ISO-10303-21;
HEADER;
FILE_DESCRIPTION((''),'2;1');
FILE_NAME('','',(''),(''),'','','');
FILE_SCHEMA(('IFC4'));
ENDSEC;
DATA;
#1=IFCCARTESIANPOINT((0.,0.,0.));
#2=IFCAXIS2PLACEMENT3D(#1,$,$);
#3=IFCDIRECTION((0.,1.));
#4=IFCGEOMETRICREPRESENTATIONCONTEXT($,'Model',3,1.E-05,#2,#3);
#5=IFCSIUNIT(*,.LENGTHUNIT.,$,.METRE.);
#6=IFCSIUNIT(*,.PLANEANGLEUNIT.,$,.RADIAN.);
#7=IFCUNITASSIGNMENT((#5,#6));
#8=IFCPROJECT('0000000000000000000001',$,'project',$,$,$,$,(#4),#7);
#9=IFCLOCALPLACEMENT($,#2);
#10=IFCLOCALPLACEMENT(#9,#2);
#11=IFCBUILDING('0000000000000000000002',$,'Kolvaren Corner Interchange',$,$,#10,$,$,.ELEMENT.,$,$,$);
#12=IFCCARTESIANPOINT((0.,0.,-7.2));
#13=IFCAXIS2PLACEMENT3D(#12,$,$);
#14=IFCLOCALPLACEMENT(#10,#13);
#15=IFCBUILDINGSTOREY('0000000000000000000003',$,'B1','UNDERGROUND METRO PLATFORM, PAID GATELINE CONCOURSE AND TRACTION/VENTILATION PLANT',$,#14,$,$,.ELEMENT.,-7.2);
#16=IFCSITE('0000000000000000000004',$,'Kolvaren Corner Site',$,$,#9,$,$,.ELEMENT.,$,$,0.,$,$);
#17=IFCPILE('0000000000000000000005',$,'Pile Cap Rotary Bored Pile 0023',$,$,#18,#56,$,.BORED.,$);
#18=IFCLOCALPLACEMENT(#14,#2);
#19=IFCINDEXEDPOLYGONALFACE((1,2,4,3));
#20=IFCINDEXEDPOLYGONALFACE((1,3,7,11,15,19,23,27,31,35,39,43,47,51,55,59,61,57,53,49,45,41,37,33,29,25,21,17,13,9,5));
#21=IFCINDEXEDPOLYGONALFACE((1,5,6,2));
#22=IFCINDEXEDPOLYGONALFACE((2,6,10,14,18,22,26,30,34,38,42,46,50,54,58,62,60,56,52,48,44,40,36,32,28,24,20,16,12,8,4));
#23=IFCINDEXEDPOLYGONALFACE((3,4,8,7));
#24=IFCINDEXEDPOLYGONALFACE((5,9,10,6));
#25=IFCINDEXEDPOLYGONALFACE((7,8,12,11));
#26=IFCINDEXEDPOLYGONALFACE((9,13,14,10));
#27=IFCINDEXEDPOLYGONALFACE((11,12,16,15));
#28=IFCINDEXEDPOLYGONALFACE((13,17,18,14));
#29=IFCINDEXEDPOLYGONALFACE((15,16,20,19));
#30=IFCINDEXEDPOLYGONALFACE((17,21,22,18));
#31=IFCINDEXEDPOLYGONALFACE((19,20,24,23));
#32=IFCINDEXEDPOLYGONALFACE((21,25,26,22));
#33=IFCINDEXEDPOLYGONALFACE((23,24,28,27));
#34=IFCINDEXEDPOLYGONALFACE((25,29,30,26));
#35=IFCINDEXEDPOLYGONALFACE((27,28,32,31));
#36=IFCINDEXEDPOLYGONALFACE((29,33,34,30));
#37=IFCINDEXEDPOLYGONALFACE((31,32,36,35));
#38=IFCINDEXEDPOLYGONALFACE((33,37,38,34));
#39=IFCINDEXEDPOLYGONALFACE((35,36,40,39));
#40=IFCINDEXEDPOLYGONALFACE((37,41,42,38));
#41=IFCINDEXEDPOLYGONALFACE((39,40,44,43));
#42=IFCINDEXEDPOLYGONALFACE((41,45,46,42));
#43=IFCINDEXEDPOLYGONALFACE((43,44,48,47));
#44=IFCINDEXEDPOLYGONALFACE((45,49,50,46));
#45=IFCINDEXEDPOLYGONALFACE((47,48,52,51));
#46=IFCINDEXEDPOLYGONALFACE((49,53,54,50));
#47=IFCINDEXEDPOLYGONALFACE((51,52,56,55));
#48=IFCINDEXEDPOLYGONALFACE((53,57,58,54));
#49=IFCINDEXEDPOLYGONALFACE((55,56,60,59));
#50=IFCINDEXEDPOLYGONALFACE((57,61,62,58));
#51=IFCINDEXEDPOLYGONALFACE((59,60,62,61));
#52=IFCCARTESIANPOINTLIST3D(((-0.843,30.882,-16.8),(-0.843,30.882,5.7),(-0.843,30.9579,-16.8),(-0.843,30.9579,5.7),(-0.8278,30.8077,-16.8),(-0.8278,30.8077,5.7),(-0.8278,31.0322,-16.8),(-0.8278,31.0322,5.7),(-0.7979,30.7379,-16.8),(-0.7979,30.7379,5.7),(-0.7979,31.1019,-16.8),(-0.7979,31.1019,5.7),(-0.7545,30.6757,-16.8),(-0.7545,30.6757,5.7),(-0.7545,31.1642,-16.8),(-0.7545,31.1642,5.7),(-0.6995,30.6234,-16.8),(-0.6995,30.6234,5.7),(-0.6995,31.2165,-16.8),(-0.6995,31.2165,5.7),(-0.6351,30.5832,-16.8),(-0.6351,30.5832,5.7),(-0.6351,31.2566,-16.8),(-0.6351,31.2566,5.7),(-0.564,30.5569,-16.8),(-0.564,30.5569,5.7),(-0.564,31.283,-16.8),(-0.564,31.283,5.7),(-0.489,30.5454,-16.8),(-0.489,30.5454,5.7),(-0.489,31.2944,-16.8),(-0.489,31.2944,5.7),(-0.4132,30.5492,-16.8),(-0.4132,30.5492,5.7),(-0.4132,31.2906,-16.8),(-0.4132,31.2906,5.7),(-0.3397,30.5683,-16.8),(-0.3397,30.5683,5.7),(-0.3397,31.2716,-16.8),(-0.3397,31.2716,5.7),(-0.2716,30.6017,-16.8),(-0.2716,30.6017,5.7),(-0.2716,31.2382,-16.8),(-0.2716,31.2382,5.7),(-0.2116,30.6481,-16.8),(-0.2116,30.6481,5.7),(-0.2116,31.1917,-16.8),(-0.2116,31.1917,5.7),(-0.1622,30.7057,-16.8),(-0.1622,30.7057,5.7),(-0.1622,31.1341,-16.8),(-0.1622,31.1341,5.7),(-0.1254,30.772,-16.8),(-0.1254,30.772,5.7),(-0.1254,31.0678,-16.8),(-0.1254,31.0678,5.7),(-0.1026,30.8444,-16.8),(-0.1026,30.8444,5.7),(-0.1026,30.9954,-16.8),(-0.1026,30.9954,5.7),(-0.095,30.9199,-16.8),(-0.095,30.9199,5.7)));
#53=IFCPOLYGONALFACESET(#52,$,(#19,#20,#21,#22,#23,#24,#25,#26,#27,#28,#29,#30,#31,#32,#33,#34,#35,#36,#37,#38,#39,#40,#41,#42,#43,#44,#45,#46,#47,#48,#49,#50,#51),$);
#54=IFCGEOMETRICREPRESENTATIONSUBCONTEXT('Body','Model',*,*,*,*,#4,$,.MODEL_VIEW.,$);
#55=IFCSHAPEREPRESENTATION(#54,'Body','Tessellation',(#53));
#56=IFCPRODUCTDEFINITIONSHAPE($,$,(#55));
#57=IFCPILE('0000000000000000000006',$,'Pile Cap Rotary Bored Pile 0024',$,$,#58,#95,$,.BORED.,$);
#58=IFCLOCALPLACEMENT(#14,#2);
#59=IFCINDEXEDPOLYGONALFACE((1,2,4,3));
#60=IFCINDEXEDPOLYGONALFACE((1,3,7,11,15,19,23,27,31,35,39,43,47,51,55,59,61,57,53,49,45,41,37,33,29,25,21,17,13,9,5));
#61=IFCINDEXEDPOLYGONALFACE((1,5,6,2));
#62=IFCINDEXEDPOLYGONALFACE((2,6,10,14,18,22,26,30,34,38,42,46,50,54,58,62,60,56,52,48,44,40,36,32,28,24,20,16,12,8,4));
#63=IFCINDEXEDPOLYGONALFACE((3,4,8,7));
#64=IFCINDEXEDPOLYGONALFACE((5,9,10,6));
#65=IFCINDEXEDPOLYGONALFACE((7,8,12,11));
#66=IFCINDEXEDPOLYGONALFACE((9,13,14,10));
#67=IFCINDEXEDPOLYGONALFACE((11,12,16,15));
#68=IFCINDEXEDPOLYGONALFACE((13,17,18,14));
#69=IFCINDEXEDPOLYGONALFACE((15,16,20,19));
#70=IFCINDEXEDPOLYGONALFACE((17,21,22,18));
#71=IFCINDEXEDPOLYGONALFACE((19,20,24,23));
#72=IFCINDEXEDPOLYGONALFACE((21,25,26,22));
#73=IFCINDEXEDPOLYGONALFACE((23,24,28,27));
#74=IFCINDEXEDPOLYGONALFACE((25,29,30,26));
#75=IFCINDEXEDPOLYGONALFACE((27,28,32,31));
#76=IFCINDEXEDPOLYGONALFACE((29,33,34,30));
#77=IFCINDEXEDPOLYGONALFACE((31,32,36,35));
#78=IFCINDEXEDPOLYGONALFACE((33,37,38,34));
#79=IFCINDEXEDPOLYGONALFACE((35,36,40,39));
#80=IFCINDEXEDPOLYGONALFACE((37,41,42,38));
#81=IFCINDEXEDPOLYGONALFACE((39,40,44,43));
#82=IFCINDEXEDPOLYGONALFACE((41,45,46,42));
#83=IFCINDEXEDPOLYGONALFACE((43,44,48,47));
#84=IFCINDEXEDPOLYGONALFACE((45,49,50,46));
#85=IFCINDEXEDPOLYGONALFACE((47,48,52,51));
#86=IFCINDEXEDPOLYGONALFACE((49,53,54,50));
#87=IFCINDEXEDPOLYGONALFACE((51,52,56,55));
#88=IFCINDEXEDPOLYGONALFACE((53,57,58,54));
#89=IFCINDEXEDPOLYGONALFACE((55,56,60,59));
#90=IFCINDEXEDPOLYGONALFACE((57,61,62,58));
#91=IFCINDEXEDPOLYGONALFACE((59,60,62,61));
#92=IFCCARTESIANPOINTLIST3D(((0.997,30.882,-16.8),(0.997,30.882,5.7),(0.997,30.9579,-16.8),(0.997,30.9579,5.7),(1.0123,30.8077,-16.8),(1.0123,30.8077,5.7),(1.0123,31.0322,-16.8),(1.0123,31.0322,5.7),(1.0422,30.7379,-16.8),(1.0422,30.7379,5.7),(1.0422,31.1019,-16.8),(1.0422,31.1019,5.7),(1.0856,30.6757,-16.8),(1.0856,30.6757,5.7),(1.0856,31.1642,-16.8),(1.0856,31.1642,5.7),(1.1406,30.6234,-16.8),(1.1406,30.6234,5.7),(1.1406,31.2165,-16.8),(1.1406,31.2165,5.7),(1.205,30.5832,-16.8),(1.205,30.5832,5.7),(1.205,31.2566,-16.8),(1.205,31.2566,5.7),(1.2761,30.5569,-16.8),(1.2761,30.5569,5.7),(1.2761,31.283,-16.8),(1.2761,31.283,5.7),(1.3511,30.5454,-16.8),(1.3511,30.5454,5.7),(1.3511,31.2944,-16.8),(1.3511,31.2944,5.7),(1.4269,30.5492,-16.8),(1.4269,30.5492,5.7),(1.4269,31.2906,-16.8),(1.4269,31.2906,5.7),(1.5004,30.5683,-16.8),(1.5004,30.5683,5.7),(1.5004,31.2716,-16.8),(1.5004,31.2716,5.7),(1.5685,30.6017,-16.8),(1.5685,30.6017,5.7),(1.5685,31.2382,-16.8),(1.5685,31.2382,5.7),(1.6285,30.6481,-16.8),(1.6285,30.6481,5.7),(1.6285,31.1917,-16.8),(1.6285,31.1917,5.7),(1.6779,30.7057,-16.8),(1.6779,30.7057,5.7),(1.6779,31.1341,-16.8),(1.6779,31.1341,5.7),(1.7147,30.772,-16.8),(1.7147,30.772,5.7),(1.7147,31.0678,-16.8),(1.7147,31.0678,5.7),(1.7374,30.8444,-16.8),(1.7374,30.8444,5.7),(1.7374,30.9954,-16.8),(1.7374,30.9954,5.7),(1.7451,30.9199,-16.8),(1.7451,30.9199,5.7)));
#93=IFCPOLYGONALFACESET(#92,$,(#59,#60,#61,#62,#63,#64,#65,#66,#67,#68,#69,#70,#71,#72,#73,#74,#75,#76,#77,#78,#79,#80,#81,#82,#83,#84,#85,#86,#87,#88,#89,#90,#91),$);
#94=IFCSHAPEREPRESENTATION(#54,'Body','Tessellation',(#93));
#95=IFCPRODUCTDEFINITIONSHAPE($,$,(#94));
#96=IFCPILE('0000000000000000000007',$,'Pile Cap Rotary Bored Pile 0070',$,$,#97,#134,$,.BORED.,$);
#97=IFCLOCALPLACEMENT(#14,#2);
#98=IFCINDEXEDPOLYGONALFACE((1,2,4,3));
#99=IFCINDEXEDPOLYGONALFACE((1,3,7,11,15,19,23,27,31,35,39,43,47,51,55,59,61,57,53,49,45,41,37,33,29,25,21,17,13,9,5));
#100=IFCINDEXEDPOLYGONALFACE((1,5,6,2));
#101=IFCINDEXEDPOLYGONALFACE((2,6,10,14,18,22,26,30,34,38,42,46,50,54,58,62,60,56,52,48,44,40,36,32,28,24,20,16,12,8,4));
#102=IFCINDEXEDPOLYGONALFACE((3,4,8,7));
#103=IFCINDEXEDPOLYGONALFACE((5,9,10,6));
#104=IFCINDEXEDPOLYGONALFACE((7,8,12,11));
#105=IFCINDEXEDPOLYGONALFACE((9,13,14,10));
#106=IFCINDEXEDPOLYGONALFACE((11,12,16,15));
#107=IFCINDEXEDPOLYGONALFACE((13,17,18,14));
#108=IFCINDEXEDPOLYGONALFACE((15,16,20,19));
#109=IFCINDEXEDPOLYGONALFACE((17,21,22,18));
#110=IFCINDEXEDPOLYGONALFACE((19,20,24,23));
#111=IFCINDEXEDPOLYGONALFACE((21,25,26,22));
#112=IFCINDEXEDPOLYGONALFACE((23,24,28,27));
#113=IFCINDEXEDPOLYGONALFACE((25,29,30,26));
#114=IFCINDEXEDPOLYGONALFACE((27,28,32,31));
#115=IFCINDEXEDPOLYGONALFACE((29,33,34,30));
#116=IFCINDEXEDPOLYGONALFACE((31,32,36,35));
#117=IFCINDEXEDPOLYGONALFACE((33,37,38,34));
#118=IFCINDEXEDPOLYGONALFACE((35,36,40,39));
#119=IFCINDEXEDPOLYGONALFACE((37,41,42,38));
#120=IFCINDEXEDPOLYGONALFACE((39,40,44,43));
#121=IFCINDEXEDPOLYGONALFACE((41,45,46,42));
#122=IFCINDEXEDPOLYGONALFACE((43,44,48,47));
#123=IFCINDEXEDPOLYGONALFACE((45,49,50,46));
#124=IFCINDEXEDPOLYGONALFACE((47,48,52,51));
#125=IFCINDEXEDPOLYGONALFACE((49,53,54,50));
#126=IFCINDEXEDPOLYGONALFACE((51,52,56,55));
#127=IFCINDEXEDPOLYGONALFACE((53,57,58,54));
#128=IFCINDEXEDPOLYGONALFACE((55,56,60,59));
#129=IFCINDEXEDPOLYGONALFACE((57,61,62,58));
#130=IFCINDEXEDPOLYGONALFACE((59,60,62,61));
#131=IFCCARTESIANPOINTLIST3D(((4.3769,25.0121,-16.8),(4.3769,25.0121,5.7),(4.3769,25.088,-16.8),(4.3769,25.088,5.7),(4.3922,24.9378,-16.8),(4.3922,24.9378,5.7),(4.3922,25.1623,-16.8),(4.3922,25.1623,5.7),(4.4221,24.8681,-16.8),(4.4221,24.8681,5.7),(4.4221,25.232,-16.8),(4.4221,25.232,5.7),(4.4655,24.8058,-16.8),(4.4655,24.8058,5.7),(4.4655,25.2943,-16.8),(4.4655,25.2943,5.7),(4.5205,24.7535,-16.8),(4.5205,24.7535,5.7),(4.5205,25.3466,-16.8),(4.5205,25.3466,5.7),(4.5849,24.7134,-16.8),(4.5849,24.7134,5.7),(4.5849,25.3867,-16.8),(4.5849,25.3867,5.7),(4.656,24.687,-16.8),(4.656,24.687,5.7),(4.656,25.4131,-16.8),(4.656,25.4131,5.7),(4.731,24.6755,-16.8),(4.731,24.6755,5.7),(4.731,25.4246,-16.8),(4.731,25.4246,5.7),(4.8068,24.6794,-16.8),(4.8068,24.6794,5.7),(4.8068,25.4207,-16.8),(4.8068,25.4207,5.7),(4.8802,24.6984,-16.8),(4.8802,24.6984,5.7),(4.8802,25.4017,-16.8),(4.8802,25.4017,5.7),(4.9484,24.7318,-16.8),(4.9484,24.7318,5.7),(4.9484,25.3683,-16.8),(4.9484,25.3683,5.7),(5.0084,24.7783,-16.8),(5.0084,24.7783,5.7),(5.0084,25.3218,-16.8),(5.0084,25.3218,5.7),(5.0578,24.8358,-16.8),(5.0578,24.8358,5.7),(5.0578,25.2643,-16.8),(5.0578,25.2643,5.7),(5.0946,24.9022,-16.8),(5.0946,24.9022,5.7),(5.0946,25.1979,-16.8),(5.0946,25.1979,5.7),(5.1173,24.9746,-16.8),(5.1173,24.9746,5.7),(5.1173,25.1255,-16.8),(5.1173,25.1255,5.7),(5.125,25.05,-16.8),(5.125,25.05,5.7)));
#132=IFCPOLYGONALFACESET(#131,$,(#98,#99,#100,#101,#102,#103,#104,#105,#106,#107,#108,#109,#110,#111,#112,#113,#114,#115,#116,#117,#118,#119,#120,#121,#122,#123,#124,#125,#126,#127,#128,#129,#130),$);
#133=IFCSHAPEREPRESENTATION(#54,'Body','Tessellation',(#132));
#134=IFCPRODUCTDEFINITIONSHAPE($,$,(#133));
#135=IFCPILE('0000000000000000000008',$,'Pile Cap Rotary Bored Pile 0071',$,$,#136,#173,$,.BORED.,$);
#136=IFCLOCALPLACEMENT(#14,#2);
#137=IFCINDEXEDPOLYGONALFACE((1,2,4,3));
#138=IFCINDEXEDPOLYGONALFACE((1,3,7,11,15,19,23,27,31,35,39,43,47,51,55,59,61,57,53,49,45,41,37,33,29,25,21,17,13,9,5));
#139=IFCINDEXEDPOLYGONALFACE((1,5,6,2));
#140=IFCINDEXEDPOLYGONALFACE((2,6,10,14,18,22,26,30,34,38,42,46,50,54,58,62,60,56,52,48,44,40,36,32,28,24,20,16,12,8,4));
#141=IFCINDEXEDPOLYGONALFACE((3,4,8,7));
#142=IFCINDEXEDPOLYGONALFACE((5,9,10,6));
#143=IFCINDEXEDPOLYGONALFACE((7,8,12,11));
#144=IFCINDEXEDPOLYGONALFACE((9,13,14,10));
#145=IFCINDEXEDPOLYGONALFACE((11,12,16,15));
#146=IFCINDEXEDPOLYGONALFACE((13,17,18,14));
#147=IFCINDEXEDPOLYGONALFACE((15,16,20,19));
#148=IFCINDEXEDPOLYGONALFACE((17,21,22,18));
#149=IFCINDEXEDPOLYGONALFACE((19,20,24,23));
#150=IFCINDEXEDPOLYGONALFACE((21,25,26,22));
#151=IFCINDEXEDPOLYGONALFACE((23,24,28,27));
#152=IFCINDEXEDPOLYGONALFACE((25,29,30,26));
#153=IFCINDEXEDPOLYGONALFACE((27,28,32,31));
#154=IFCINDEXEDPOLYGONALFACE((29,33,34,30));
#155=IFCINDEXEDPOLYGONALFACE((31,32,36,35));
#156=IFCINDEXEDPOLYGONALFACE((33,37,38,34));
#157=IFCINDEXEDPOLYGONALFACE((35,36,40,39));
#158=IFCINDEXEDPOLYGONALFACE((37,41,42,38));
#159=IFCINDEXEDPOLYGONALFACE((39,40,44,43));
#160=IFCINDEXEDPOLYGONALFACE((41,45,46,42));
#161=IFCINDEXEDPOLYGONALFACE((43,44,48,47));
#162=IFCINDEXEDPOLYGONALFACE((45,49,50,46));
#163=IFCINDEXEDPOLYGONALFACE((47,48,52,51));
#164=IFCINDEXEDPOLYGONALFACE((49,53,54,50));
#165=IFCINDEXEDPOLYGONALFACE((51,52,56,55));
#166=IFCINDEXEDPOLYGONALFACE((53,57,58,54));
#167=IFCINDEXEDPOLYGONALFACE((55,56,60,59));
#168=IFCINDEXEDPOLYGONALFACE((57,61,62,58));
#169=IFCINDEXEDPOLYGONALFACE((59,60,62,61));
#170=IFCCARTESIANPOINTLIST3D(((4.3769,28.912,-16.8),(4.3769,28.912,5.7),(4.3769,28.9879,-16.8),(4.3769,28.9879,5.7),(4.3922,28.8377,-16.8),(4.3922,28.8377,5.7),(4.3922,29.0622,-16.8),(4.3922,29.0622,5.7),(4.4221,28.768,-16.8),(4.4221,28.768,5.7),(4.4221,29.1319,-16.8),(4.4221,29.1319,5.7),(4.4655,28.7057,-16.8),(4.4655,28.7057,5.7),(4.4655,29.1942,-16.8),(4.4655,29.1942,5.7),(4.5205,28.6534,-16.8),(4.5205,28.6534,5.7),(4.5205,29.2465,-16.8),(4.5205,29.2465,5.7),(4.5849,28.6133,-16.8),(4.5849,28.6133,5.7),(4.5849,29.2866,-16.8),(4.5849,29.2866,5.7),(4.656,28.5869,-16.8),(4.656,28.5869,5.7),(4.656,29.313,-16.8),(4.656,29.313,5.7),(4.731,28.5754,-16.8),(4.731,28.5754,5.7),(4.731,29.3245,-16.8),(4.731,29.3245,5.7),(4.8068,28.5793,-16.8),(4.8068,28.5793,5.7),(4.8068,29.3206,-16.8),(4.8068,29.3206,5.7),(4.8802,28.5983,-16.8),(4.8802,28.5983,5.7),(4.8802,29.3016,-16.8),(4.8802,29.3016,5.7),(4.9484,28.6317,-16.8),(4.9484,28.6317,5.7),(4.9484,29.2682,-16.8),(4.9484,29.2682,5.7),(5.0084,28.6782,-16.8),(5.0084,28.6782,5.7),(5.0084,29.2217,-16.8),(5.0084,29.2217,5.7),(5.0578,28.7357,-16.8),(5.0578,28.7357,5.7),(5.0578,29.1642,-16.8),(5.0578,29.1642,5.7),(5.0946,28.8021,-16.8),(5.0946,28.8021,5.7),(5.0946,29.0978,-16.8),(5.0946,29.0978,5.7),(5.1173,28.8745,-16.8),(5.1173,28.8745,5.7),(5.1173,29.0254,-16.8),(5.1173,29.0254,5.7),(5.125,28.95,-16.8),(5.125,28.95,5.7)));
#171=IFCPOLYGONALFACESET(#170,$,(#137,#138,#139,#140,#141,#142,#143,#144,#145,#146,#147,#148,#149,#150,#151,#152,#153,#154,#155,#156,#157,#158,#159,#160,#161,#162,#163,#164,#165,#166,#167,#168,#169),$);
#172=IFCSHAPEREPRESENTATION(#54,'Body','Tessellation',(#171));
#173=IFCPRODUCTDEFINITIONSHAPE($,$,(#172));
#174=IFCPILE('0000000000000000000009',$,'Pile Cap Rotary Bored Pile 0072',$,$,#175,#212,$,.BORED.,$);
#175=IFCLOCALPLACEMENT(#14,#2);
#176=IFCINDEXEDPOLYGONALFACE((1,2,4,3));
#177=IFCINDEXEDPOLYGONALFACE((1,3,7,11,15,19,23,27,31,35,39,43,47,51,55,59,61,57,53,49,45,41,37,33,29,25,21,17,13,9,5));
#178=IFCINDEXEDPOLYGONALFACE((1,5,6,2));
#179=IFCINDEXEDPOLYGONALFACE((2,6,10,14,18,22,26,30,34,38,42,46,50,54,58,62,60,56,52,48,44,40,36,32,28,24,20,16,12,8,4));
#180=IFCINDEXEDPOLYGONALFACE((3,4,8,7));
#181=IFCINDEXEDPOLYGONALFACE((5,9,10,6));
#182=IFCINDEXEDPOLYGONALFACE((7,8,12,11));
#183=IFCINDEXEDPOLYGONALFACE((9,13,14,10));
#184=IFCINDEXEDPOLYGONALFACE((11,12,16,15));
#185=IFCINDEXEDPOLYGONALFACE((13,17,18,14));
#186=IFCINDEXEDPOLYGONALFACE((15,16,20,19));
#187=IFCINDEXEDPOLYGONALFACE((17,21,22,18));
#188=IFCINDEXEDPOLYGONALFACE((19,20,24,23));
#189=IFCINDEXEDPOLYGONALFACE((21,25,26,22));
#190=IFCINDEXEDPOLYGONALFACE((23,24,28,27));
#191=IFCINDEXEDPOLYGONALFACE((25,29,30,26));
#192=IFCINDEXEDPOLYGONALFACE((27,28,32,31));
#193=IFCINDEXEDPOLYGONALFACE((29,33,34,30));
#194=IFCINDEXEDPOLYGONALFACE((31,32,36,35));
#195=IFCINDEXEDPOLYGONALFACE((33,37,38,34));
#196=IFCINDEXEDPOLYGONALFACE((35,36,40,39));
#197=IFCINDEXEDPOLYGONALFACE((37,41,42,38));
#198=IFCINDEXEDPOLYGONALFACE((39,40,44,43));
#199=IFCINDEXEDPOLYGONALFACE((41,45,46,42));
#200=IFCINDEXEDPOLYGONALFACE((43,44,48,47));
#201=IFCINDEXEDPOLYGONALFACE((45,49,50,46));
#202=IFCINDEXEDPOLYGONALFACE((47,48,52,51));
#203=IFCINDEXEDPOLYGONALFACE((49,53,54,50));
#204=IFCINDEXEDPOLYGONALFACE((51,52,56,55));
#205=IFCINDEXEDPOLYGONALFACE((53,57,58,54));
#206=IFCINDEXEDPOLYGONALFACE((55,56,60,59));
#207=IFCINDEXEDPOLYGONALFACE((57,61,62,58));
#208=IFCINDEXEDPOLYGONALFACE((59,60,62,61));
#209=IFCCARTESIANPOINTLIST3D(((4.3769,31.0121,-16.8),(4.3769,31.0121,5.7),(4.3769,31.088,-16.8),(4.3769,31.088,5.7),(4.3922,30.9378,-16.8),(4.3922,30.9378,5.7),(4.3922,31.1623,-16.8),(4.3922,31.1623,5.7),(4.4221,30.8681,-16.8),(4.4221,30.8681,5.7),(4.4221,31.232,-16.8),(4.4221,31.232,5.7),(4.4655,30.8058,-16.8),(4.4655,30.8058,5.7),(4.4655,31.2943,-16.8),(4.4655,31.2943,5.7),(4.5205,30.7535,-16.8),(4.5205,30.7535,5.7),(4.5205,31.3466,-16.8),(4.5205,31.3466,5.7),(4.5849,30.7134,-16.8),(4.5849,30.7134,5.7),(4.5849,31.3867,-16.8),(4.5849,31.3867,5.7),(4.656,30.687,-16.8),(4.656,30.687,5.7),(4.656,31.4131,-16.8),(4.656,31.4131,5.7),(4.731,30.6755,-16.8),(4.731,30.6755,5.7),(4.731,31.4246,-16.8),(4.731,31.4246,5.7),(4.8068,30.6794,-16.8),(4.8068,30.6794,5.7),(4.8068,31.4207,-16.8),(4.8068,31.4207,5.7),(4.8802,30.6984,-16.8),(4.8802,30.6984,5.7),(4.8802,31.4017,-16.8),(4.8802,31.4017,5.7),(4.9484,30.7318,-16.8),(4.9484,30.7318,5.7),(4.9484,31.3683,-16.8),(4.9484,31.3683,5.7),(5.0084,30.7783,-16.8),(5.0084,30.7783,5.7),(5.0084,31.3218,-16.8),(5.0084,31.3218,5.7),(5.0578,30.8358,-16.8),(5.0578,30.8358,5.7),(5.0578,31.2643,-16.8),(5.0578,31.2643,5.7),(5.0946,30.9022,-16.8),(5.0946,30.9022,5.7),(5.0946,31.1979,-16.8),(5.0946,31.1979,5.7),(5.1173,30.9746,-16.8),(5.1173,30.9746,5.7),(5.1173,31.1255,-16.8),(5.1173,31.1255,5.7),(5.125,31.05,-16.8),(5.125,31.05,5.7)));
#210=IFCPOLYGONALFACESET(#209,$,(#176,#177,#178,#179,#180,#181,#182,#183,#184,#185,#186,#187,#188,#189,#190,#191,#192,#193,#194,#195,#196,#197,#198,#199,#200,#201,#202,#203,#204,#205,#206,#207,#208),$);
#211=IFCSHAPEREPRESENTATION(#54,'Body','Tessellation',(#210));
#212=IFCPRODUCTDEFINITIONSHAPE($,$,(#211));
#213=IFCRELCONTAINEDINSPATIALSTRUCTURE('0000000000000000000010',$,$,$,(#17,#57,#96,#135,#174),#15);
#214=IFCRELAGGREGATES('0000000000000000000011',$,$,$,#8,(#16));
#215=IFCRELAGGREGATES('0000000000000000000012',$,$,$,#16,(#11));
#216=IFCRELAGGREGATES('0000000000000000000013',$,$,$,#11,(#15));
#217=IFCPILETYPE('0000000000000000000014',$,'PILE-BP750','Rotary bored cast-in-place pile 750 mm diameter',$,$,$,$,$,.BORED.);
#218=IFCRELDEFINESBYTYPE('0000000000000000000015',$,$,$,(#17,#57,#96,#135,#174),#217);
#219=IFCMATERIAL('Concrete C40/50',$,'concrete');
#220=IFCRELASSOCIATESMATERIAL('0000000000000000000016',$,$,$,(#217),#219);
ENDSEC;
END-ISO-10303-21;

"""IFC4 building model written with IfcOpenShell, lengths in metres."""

from ifc_helpers import new_model, si_unit, direction, frame, origin, origin_2d, place, context, subcontext, project, spatial, circle, extrude, material, material_profile, profile_set, type_object, element, save


model = new_model("IFC4")

# Units and contexts
model_context = context("Model", 3, precision=1e-05, world=origin(), true_north=direction((0.0, 1.0)))
body_context = subcontext(model_context, "Body", "Model", "MODEL_VIEW")
ifc_project = project(units=[si_unit("LENGTHUNIT", "METRE"), si_unit("PLANEANGLEUNIT", "RADIAN")], contexts=[model_context])

# Site, building, storey
site_placement = place(None, origin())
site = spatial("IfcSite", under=ifc_project, at=site_placement, Name="Kolvaren Corner Site", CompositionType="ELEMENT", RefElevation=0.0)
building_placement = place(site_placement, origin())
building = spatial("IfcBuilding", under=site, at=building_placement, Name="Kolvaren Corner Interchange", CompositionType="ELEMENT")
storey_placement = place(building_placement, frame((0.0, 0.0, -7.2)))
storey = spatial("IfcBuildingStorey", under=building, at=storey_placement, Name="B1", Description="UNDERGROUND METRO PLATFORM, PAID GATELINE CONCOURSE AND TRACTION/VENTILATION PLANT", CompositionType="ELEMENT", Elevation=-7.2)

# Piles
ifc_material_1 = material(Name="Concrete C40/50", Category="concrete")
ifc_material_profile_1 = material_profile(ifc_material_1, circle(Radius=0.375, at=origin_2d()), Name="BORED PILE 750")
ifc_profile_set_1 = profile_set([ifc_material_profile_1], Name="Concrete C40/50")
pile_type_1 = type_object("IfcPileType", Name="PILE-BP750", Description="Rotary bored cast-in-place pile 750 mm diameter", PredefinedType="BORED", material=ifc_profile_set_1)
for number, where, z_axis, x_axis, name in (
    (1, (-0.47, 30.9199, 5.7), (0.0, 0.0, -1.0), (1.0, 0.0, 0.0), "Pile Cap Rotary Bored Pile 0023"),
    (2, (1.3701, 30.9199, 5.7), (0.0, 0.0, -1.0), (1.0, 0.0, 0.0), "Pile Cap Rotary Bored Pile 0024"),
    (3, (4.75, 25.05, 5.7), (0.0, 0.0, -1.0), (1.0, 0.0, 0.0), "Pile Cap Rotary Bored Pile 0070"),
    (4, (4.75, 28.95, 5.7), (0.0, 0.0, -1.0), (1.0, 0.0, 0.0), "Pile Cap Rotary Bored Pile 0071"),
    (5, (4.75, 31.05, 5.7), (0.0, 0.0, -1.0), (1.0, 0.0, 0.0), "Pile Cap Rotary Bored Pile 0072"),
):
    element("IfcPile", number, at=place(storey_placement, frame(where, z_axis=z_axis, x_axis=x_axis)), inside=storey, type_object=pile_type_1, Name=name, PredefinedType="BORED", context=body_context, shape_type="SweptSolid", body=[
        extrude(circle(Radius=0.375, at=origin_2d()), origin(), (0.0, 0.0, 1.0), 22.5),
    ])

save(model, "model.ifc")
